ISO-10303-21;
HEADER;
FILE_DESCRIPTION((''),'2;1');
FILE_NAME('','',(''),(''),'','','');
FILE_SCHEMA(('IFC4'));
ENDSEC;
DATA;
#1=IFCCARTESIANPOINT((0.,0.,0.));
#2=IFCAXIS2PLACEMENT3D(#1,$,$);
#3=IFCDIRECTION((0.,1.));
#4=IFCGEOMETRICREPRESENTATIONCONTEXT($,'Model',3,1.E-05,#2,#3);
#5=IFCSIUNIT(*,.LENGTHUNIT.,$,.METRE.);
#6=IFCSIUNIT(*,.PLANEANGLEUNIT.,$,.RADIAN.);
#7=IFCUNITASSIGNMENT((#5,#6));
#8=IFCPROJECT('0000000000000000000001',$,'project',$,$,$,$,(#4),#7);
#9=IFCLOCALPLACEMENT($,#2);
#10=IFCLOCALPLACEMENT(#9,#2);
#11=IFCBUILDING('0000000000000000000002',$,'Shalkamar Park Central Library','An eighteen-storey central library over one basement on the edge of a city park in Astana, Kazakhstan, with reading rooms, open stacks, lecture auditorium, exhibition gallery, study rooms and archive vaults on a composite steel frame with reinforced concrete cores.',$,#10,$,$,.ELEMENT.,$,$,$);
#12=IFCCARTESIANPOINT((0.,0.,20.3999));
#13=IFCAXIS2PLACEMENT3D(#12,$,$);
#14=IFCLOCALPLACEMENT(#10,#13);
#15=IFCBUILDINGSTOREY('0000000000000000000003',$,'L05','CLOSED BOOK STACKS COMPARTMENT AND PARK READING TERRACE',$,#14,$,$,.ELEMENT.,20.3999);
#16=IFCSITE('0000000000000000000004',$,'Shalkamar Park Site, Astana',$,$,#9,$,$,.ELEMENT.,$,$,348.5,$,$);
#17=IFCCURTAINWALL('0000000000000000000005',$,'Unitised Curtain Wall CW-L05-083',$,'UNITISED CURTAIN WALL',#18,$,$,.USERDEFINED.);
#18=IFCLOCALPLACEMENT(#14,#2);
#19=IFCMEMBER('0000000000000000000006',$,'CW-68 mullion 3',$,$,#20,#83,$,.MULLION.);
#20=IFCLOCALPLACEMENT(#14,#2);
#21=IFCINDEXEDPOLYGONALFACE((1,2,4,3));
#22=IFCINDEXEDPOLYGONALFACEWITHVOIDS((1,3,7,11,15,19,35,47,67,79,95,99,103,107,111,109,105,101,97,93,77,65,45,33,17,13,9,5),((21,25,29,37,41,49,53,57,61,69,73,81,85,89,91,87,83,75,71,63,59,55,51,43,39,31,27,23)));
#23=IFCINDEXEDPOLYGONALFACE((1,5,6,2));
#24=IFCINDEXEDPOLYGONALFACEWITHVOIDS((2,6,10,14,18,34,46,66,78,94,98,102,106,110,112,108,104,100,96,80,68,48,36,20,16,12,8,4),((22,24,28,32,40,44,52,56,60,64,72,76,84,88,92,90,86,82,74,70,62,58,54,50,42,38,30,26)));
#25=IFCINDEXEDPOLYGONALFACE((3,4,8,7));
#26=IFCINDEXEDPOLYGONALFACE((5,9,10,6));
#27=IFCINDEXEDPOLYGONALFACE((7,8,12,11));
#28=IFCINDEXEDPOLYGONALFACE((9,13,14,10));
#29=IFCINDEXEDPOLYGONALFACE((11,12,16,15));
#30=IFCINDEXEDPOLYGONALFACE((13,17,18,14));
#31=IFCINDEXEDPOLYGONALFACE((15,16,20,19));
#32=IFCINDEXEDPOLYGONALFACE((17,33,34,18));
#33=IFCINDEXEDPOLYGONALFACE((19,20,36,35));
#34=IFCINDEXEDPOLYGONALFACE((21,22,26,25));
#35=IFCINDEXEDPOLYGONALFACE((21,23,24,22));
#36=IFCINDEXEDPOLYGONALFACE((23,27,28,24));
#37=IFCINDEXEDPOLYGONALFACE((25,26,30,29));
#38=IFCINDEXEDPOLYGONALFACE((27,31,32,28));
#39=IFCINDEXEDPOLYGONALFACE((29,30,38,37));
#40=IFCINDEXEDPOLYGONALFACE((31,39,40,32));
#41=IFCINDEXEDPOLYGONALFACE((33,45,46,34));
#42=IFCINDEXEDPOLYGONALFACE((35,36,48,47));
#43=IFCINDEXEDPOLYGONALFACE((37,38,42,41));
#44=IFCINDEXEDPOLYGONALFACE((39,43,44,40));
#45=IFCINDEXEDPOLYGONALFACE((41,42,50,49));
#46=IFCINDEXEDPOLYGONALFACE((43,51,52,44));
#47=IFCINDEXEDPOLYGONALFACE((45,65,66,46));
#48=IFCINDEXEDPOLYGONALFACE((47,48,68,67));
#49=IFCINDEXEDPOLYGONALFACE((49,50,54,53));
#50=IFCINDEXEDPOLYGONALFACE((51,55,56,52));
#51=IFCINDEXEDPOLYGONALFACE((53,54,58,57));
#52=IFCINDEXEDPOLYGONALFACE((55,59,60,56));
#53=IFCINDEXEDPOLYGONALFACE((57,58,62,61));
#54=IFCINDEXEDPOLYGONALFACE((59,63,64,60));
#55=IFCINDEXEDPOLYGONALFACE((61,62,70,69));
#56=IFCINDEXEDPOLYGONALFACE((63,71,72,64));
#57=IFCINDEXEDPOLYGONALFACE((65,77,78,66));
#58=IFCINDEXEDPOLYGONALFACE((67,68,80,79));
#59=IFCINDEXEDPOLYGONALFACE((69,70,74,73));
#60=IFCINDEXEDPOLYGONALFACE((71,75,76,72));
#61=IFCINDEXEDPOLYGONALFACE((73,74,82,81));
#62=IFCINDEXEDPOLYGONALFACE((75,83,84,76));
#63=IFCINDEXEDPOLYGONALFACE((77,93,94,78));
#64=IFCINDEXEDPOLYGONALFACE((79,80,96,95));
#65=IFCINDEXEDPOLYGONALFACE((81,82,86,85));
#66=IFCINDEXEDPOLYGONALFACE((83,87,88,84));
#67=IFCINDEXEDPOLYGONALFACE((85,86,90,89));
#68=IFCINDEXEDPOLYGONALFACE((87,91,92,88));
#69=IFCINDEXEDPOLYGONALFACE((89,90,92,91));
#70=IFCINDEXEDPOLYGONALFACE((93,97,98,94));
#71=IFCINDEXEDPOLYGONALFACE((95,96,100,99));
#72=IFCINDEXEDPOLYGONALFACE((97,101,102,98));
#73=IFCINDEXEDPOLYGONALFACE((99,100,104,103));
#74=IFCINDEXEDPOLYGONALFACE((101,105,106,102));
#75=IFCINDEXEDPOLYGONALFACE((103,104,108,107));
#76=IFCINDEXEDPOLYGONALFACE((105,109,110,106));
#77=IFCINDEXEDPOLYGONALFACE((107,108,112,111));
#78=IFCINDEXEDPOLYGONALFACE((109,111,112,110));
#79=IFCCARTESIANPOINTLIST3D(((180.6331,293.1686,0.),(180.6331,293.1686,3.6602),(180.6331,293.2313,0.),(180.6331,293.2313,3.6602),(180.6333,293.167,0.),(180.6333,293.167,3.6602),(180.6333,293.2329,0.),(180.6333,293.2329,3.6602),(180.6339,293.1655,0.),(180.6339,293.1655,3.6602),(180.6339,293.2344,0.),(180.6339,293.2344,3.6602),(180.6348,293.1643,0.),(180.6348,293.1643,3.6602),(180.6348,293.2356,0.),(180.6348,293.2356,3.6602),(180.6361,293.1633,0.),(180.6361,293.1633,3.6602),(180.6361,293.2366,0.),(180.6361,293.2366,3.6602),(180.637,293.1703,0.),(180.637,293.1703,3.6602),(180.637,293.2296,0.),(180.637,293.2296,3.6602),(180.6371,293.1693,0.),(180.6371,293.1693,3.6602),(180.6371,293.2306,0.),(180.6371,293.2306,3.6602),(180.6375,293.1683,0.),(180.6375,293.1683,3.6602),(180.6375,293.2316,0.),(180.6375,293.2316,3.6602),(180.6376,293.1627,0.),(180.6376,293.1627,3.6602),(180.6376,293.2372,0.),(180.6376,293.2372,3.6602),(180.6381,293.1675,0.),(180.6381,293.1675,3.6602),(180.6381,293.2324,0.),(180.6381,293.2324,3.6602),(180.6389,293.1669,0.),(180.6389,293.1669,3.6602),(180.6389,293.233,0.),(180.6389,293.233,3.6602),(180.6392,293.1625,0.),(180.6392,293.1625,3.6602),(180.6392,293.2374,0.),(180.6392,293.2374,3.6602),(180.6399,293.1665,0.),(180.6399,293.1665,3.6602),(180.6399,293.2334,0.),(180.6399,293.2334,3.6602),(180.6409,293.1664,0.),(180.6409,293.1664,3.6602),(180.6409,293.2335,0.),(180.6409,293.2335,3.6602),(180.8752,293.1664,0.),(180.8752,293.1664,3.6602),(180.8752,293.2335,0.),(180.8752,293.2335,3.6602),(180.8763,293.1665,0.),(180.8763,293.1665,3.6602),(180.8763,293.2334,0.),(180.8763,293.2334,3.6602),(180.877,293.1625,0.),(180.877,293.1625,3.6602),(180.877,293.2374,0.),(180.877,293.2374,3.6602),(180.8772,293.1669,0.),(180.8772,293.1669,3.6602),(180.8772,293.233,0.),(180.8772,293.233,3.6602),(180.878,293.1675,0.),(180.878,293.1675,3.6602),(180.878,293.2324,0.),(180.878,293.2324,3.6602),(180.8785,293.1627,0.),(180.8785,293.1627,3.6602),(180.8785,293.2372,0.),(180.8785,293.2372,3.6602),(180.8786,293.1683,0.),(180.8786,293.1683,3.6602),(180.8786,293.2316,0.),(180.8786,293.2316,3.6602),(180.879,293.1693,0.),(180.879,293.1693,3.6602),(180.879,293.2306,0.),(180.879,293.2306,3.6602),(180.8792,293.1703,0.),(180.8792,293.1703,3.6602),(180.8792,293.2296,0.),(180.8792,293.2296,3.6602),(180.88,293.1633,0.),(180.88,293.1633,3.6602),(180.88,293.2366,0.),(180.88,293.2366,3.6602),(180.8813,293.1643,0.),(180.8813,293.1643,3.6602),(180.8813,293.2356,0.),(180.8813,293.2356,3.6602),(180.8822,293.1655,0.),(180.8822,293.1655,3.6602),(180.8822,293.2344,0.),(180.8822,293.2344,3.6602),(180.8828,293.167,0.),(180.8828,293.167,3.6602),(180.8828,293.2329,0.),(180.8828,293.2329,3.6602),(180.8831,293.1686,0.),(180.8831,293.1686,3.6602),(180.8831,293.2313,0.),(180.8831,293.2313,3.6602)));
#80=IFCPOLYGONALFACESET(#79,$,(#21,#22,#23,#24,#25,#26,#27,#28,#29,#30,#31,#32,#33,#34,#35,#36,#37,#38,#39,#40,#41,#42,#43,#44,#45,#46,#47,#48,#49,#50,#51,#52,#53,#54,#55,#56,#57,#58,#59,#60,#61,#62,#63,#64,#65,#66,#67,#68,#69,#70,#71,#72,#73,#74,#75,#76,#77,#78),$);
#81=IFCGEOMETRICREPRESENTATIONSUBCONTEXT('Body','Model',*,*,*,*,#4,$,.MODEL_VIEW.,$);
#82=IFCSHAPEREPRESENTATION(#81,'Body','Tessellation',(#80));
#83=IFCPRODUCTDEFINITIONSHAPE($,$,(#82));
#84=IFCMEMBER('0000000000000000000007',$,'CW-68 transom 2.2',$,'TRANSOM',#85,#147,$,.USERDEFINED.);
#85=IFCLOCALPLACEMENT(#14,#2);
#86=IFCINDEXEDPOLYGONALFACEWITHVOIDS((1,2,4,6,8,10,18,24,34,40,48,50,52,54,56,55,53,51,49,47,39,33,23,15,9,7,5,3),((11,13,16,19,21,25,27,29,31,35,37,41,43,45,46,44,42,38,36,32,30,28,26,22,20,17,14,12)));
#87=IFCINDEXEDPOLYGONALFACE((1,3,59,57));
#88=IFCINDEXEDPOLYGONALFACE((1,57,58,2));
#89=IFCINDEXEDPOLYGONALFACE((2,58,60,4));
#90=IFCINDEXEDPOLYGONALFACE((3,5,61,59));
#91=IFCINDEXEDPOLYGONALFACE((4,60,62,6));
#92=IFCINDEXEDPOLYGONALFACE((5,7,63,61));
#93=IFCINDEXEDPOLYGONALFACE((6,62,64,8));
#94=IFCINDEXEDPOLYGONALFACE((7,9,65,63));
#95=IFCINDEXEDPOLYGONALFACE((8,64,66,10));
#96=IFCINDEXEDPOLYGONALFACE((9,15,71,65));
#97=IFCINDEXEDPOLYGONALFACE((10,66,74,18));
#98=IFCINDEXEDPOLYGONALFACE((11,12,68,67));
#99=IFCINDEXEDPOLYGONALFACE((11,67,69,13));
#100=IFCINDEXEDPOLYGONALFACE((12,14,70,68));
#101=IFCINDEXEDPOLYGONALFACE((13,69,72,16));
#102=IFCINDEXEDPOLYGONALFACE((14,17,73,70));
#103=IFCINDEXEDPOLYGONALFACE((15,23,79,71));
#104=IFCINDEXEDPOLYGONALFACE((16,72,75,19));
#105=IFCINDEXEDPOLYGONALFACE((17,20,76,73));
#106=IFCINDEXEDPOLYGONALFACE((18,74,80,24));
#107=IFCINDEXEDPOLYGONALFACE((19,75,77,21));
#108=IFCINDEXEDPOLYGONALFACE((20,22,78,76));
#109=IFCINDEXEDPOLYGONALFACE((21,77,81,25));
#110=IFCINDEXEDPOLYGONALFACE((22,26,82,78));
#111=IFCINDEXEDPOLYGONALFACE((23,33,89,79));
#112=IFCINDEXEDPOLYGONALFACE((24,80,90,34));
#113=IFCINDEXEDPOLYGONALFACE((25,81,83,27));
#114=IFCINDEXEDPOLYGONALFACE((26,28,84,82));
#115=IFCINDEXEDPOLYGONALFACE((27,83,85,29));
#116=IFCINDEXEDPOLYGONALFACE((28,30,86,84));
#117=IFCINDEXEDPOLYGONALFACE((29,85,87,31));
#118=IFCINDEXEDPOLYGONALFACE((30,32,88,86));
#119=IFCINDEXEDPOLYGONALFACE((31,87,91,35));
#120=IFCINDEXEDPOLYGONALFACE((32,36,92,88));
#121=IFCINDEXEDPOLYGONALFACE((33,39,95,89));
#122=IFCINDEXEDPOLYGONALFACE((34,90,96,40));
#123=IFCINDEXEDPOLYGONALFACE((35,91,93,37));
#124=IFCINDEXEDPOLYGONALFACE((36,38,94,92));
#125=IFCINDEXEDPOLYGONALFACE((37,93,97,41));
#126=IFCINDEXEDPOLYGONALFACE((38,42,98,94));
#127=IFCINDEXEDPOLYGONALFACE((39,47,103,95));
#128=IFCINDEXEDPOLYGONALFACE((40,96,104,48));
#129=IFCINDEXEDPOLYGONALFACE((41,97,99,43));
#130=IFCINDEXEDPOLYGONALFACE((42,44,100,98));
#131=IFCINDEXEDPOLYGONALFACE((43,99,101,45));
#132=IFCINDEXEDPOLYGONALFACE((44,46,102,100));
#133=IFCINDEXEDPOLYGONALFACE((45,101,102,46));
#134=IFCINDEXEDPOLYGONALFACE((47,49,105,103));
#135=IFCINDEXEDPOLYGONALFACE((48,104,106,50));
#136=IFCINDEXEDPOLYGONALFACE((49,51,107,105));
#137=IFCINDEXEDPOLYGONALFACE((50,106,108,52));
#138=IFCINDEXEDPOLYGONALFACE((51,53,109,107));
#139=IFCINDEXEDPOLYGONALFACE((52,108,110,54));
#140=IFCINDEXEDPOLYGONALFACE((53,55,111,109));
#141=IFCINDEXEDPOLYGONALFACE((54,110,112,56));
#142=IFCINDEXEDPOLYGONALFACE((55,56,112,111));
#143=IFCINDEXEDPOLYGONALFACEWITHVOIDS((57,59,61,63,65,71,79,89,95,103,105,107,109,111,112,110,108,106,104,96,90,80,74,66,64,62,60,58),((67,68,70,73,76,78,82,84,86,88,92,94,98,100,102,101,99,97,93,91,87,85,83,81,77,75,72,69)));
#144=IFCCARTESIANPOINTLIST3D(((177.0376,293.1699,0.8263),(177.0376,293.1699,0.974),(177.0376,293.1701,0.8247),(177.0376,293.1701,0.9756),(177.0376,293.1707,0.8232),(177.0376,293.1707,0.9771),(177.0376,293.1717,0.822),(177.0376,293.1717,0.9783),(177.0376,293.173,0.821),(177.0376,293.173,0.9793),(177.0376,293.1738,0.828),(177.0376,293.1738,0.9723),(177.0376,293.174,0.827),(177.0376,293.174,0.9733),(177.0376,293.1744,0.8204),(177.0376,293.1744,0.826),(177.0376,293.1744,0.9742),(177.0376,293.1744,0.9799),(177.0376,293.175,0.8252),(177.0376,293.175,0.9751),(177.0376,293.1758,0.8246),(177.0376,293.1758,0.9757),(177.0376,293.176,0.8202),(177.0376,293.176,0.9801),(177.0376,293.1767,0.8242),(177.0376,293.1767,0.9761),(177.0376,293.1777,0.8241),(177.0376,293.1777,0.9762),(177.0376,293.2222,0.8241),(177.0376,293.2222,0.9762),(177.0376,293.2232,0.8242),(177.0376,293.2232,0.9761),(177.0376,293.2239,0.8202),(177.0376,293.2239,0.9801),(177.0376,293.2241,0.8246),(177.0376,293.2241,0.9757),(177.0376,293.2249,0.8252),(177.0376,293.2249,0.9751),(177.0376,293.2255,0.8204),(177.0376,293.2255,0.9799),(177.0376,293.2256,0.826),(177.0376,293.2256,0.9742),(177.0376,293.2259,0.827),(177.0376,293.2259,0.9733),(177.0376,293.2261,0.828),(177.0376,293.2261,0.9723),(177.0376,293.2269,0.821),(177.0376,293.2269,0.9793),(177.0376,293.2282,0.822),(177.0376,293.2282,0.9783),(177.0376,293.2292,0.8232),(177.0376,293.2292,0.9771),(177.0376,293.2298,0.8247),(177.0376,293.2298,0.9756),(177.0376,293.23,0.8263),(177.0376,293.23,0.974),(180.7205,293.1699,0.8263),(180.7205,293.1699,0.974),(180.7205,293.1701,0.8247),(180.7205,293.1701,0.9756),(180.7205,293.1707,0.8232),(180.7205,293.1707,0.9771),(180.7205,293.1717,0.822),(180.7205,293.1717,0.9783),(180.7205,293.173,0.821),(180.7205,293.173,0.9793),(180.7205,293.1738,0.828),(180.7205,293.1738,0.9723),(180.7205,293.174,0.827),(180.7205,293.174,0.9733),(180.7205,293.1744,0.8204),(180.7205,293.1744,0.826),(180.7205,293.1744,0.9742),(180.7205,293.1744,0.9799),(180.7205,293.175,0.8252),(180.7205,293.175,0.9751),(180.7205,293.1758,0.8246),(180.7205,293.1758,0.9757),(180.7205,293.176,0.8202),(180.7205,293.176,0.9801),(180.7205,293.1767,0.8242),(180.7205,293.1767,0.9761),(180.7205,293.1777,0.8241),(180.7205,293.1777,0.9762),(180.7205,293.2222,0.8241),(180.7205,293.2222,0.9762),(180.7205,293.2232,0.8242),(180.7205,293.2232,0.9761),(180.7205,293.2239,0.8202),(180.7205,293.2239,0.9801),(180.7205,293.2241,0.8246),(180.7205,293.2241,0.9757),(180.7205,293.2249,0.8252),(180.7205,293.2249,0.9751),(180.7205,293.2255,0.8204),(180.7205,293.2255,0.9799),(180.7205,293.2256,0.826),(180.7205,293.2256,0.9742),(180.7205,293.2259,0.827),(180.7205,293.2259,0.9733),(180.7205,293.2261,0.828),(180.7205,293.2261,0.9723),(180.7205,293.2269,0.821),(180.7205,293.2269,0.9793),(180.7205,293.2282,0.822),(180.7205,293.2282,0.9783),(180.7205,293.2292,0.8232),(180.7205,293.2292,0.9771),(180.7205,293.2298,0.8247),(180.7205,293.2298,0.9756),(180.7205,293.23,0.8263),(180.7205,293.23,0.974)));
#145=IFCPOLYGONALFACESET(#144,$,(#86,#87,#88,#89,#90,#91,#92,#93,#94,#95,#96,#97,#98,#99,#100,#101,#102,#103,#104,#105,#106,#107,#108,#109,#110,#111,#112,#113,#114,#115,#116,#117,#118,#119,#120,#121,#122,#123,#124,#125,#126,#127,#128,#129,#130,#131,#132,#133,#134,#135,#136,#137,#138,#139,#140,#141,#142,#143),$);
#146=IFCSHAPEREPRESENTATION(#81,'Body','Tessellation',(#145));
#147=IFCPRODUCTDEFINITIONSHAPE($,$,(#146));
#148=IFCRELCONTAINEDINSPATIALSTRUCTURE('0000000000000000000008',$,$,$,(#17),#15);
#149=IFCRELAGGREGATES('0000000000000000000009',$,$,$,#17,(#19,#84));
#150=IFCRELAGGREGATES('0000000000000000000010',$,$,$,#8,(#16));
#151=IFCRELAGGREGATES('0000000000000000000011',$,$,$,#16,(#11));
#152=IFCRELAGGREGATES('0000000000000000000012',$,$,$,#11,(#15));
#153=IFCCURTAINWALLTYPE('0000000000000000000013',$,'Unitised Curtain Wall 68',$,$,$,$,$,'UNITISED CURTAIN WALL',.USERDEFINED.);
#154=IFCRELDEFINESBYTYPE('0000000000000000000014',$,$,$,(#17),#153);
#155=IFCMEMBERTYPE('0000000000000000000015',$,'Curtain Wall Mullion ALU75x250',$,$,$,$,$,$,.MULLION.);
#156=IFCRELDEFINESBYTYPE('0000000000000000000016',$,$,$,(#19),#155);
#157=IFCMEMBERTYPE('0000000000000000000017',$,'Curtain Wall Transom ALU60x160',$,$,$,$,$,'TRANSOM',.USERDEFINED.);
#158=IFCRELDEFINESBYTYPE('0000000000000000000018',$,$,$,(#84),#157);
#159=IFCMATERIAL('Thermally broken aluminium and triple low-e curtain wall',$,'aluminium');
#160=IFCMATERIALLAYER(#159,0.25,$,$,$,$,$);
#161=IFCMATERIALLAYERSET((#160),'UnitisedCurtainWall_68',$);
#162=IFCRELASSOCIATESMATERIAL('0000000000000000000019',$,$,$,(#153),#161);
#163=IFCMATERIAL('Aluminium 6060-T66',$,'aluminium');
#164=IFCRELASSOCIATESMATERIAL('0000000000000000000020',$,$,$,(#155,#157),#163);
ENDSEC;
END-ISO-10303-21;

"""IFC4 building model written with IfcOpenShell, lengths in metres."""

from ifc_helpers import new_model, si_unit, direction, frame, origin, origin_2d, place, context, subcontext, project, spatial, hollow_rectangle, extrude, material, layer, layer_set, material_profile, profile_set, type_object, element, aggregate, save


model = new_model("IFC4")

# Units and contexts
model_context = context("Model", 3, precision=1e-05, world=origin(), true_north=direction((0.0, 1.0)))
body_context = subcontext(model_context, "Body", "Model", "MODEL_VIEW")
ifc_project = project(units=[si_unit("LENGTHUNIT", "METRE"), si_unit("PLANEANGLEUNIT", "RADIAN")], contexts=[model_context])

# Site, building, storey
site_placement = place(None, origin())
site = spatial("IfcSite", under=ifc_project, at=site_placement, Name="Shalkamar Park Site, Astana", CompositionType="ELEMENT", RefElevation=348.5)
building_placement = place(site_placement, origin())
building = spatial("IfcBuilding", under=site, at=building_placement, Name="Shalkamar Park Central Library", Description="An eighteen-storey central library over one basement on the edge of a city park in Astana, Kazakhstan, with reading rooms, open stacks, lecture auditorium, exhibition gallery, study rooms and archive vaults on a composite steel frame with reinforced concrete cores.", CompositionType="ELEMENT")
storey_placement = place(building_placement, frame((0.0, 0.0, 20.3999)))
storey = spatial("IfcBuildingStorey", under=building, at=storey_placement, Name="L05", Description="CLOSED BOOK STACKS COMPARTMENT AND PARK READING TERRACE", CompositionType="ELEMENT", Elevation=20.3999)

# Curtain wall, members
ifc_material_1 = material(Name="Thermally broken aluminium and triple low-e curtain wall", Category="aluminium")
ifc_layer_1 = layer(ifc_material_1, 0.25)
ifc_layer_set_1 = layer_set([ifc_layer_1], Name="UnitisedCurtainWall_68")
curtain_wall_type = type_object("IfcCurtainWallType", Name="Unitised Curtain Wall 68", ElementType="UNITISED CURTAIN WALL", PredefinedType="USERDEFINED", material=ifc_layer_set_1)
curtain_wall_placement = place(storey_placement, origin())
curtain_wall = element("IfcCurtainWall", 1, at=curtain_wall_placement, inside=storey, type_object=curtain_wall_type, Name="Unitised Curtain Wall CW-L05-083", ObjectType="UNITISED CURTAIN WALL", PredefinedType="USERDEFINED")
ifc_material_2 = material(Name="Aluminium 6060-T66", Category="aluminium")
ifc_material_profile_1 = material_profile(ifc_material_2, hollow_rectangle(XDim=0.075, YDim=0.25, WallThickness=0.0039, InnerFilletRadius=0.0039, OuterFilletRadius=0.0061, at=origin_2d()), Name="ALU 75x250x4")
ifc_profile_set_1 = profile_set([ifc_material_profile_1], Name="Aluminium 6060-T66")
member_type_1 = type_object("IfcMemberType", Name="Curtain Wall Mullion ALU75x250", PredefinedType="MULLION", material=ifc_profile_set_1)
member_1_placement = place(storey_placement, frame((180.7581, 293.2, 0.0), z_axis=(0.0, 0.0, 1.0), x_axis=(0.0, 1.0, 0.0)))
member_1 = element("IfcMember", 2, at=member_1_placement, type_object=member_type_1, Name="CW-68 mullion 3", PredefinedType="MULLION", context=body_context, shape_type="SweptSolid", body=[
    extrude(hollow_rectangle(XDim=0.075, YDim=0.25, WallThickness=0.0039, InnerFilletRadius=0.0039, OuterFilletRadius=0.0061, at=origin_2d()), origin(), (0.0, 0.0, 1.0), 3.6602),
])
ifc_material_profile_2 = material_profile(ifc_material_2, hollow_rectangle(XDim=0.0601, YDim=0.1599, WallThickness=0.0039, InnerFilletRadius=0.0039, OuterFilletRadius=0.0061, at=origin_2d()), Name="ALU 60x160x4")
ifc_profile_set_2 = profile_set([ifc_material_profile_2], Name="Aluminium 6060-T66")
member_type_2 = type_object("IfcMemberType", Name="Curtain Wall Transom ALU60x160", ElementType="TRANSOM", PredefinedType="USERDEFINED", material=ifc_profile_set_2)
member_2_placement = place(storey_placement, frame((177.0376, 293.2, 0.9001), z_axis=(1.0, 0.0, 0.0), x_axis=(0.0, 1.0, 0.0)))
member_2 = element("IfcMember", 3, at=member_2_placement, type_object=member_type_2, Name="CW-68 transom 2.2", ObjectType="TRANSOM", PredefinedType="USERDEFINED", context=body_context, shape_type="SweptSolid", body=[
    extrude(hollow_rectangle(XDim=0.0601, YDim=0.1599, WallThickness=0.0039, InnerFilletRadius=0.0039, OuterFilletRadius=0.0061, at=origin_2d()), origin(), (0.0, 0.0, 1.0), 3.6829),
])

aggregate(curtain_wall, [member_1, member_2])

save(model, "model.ifc")
